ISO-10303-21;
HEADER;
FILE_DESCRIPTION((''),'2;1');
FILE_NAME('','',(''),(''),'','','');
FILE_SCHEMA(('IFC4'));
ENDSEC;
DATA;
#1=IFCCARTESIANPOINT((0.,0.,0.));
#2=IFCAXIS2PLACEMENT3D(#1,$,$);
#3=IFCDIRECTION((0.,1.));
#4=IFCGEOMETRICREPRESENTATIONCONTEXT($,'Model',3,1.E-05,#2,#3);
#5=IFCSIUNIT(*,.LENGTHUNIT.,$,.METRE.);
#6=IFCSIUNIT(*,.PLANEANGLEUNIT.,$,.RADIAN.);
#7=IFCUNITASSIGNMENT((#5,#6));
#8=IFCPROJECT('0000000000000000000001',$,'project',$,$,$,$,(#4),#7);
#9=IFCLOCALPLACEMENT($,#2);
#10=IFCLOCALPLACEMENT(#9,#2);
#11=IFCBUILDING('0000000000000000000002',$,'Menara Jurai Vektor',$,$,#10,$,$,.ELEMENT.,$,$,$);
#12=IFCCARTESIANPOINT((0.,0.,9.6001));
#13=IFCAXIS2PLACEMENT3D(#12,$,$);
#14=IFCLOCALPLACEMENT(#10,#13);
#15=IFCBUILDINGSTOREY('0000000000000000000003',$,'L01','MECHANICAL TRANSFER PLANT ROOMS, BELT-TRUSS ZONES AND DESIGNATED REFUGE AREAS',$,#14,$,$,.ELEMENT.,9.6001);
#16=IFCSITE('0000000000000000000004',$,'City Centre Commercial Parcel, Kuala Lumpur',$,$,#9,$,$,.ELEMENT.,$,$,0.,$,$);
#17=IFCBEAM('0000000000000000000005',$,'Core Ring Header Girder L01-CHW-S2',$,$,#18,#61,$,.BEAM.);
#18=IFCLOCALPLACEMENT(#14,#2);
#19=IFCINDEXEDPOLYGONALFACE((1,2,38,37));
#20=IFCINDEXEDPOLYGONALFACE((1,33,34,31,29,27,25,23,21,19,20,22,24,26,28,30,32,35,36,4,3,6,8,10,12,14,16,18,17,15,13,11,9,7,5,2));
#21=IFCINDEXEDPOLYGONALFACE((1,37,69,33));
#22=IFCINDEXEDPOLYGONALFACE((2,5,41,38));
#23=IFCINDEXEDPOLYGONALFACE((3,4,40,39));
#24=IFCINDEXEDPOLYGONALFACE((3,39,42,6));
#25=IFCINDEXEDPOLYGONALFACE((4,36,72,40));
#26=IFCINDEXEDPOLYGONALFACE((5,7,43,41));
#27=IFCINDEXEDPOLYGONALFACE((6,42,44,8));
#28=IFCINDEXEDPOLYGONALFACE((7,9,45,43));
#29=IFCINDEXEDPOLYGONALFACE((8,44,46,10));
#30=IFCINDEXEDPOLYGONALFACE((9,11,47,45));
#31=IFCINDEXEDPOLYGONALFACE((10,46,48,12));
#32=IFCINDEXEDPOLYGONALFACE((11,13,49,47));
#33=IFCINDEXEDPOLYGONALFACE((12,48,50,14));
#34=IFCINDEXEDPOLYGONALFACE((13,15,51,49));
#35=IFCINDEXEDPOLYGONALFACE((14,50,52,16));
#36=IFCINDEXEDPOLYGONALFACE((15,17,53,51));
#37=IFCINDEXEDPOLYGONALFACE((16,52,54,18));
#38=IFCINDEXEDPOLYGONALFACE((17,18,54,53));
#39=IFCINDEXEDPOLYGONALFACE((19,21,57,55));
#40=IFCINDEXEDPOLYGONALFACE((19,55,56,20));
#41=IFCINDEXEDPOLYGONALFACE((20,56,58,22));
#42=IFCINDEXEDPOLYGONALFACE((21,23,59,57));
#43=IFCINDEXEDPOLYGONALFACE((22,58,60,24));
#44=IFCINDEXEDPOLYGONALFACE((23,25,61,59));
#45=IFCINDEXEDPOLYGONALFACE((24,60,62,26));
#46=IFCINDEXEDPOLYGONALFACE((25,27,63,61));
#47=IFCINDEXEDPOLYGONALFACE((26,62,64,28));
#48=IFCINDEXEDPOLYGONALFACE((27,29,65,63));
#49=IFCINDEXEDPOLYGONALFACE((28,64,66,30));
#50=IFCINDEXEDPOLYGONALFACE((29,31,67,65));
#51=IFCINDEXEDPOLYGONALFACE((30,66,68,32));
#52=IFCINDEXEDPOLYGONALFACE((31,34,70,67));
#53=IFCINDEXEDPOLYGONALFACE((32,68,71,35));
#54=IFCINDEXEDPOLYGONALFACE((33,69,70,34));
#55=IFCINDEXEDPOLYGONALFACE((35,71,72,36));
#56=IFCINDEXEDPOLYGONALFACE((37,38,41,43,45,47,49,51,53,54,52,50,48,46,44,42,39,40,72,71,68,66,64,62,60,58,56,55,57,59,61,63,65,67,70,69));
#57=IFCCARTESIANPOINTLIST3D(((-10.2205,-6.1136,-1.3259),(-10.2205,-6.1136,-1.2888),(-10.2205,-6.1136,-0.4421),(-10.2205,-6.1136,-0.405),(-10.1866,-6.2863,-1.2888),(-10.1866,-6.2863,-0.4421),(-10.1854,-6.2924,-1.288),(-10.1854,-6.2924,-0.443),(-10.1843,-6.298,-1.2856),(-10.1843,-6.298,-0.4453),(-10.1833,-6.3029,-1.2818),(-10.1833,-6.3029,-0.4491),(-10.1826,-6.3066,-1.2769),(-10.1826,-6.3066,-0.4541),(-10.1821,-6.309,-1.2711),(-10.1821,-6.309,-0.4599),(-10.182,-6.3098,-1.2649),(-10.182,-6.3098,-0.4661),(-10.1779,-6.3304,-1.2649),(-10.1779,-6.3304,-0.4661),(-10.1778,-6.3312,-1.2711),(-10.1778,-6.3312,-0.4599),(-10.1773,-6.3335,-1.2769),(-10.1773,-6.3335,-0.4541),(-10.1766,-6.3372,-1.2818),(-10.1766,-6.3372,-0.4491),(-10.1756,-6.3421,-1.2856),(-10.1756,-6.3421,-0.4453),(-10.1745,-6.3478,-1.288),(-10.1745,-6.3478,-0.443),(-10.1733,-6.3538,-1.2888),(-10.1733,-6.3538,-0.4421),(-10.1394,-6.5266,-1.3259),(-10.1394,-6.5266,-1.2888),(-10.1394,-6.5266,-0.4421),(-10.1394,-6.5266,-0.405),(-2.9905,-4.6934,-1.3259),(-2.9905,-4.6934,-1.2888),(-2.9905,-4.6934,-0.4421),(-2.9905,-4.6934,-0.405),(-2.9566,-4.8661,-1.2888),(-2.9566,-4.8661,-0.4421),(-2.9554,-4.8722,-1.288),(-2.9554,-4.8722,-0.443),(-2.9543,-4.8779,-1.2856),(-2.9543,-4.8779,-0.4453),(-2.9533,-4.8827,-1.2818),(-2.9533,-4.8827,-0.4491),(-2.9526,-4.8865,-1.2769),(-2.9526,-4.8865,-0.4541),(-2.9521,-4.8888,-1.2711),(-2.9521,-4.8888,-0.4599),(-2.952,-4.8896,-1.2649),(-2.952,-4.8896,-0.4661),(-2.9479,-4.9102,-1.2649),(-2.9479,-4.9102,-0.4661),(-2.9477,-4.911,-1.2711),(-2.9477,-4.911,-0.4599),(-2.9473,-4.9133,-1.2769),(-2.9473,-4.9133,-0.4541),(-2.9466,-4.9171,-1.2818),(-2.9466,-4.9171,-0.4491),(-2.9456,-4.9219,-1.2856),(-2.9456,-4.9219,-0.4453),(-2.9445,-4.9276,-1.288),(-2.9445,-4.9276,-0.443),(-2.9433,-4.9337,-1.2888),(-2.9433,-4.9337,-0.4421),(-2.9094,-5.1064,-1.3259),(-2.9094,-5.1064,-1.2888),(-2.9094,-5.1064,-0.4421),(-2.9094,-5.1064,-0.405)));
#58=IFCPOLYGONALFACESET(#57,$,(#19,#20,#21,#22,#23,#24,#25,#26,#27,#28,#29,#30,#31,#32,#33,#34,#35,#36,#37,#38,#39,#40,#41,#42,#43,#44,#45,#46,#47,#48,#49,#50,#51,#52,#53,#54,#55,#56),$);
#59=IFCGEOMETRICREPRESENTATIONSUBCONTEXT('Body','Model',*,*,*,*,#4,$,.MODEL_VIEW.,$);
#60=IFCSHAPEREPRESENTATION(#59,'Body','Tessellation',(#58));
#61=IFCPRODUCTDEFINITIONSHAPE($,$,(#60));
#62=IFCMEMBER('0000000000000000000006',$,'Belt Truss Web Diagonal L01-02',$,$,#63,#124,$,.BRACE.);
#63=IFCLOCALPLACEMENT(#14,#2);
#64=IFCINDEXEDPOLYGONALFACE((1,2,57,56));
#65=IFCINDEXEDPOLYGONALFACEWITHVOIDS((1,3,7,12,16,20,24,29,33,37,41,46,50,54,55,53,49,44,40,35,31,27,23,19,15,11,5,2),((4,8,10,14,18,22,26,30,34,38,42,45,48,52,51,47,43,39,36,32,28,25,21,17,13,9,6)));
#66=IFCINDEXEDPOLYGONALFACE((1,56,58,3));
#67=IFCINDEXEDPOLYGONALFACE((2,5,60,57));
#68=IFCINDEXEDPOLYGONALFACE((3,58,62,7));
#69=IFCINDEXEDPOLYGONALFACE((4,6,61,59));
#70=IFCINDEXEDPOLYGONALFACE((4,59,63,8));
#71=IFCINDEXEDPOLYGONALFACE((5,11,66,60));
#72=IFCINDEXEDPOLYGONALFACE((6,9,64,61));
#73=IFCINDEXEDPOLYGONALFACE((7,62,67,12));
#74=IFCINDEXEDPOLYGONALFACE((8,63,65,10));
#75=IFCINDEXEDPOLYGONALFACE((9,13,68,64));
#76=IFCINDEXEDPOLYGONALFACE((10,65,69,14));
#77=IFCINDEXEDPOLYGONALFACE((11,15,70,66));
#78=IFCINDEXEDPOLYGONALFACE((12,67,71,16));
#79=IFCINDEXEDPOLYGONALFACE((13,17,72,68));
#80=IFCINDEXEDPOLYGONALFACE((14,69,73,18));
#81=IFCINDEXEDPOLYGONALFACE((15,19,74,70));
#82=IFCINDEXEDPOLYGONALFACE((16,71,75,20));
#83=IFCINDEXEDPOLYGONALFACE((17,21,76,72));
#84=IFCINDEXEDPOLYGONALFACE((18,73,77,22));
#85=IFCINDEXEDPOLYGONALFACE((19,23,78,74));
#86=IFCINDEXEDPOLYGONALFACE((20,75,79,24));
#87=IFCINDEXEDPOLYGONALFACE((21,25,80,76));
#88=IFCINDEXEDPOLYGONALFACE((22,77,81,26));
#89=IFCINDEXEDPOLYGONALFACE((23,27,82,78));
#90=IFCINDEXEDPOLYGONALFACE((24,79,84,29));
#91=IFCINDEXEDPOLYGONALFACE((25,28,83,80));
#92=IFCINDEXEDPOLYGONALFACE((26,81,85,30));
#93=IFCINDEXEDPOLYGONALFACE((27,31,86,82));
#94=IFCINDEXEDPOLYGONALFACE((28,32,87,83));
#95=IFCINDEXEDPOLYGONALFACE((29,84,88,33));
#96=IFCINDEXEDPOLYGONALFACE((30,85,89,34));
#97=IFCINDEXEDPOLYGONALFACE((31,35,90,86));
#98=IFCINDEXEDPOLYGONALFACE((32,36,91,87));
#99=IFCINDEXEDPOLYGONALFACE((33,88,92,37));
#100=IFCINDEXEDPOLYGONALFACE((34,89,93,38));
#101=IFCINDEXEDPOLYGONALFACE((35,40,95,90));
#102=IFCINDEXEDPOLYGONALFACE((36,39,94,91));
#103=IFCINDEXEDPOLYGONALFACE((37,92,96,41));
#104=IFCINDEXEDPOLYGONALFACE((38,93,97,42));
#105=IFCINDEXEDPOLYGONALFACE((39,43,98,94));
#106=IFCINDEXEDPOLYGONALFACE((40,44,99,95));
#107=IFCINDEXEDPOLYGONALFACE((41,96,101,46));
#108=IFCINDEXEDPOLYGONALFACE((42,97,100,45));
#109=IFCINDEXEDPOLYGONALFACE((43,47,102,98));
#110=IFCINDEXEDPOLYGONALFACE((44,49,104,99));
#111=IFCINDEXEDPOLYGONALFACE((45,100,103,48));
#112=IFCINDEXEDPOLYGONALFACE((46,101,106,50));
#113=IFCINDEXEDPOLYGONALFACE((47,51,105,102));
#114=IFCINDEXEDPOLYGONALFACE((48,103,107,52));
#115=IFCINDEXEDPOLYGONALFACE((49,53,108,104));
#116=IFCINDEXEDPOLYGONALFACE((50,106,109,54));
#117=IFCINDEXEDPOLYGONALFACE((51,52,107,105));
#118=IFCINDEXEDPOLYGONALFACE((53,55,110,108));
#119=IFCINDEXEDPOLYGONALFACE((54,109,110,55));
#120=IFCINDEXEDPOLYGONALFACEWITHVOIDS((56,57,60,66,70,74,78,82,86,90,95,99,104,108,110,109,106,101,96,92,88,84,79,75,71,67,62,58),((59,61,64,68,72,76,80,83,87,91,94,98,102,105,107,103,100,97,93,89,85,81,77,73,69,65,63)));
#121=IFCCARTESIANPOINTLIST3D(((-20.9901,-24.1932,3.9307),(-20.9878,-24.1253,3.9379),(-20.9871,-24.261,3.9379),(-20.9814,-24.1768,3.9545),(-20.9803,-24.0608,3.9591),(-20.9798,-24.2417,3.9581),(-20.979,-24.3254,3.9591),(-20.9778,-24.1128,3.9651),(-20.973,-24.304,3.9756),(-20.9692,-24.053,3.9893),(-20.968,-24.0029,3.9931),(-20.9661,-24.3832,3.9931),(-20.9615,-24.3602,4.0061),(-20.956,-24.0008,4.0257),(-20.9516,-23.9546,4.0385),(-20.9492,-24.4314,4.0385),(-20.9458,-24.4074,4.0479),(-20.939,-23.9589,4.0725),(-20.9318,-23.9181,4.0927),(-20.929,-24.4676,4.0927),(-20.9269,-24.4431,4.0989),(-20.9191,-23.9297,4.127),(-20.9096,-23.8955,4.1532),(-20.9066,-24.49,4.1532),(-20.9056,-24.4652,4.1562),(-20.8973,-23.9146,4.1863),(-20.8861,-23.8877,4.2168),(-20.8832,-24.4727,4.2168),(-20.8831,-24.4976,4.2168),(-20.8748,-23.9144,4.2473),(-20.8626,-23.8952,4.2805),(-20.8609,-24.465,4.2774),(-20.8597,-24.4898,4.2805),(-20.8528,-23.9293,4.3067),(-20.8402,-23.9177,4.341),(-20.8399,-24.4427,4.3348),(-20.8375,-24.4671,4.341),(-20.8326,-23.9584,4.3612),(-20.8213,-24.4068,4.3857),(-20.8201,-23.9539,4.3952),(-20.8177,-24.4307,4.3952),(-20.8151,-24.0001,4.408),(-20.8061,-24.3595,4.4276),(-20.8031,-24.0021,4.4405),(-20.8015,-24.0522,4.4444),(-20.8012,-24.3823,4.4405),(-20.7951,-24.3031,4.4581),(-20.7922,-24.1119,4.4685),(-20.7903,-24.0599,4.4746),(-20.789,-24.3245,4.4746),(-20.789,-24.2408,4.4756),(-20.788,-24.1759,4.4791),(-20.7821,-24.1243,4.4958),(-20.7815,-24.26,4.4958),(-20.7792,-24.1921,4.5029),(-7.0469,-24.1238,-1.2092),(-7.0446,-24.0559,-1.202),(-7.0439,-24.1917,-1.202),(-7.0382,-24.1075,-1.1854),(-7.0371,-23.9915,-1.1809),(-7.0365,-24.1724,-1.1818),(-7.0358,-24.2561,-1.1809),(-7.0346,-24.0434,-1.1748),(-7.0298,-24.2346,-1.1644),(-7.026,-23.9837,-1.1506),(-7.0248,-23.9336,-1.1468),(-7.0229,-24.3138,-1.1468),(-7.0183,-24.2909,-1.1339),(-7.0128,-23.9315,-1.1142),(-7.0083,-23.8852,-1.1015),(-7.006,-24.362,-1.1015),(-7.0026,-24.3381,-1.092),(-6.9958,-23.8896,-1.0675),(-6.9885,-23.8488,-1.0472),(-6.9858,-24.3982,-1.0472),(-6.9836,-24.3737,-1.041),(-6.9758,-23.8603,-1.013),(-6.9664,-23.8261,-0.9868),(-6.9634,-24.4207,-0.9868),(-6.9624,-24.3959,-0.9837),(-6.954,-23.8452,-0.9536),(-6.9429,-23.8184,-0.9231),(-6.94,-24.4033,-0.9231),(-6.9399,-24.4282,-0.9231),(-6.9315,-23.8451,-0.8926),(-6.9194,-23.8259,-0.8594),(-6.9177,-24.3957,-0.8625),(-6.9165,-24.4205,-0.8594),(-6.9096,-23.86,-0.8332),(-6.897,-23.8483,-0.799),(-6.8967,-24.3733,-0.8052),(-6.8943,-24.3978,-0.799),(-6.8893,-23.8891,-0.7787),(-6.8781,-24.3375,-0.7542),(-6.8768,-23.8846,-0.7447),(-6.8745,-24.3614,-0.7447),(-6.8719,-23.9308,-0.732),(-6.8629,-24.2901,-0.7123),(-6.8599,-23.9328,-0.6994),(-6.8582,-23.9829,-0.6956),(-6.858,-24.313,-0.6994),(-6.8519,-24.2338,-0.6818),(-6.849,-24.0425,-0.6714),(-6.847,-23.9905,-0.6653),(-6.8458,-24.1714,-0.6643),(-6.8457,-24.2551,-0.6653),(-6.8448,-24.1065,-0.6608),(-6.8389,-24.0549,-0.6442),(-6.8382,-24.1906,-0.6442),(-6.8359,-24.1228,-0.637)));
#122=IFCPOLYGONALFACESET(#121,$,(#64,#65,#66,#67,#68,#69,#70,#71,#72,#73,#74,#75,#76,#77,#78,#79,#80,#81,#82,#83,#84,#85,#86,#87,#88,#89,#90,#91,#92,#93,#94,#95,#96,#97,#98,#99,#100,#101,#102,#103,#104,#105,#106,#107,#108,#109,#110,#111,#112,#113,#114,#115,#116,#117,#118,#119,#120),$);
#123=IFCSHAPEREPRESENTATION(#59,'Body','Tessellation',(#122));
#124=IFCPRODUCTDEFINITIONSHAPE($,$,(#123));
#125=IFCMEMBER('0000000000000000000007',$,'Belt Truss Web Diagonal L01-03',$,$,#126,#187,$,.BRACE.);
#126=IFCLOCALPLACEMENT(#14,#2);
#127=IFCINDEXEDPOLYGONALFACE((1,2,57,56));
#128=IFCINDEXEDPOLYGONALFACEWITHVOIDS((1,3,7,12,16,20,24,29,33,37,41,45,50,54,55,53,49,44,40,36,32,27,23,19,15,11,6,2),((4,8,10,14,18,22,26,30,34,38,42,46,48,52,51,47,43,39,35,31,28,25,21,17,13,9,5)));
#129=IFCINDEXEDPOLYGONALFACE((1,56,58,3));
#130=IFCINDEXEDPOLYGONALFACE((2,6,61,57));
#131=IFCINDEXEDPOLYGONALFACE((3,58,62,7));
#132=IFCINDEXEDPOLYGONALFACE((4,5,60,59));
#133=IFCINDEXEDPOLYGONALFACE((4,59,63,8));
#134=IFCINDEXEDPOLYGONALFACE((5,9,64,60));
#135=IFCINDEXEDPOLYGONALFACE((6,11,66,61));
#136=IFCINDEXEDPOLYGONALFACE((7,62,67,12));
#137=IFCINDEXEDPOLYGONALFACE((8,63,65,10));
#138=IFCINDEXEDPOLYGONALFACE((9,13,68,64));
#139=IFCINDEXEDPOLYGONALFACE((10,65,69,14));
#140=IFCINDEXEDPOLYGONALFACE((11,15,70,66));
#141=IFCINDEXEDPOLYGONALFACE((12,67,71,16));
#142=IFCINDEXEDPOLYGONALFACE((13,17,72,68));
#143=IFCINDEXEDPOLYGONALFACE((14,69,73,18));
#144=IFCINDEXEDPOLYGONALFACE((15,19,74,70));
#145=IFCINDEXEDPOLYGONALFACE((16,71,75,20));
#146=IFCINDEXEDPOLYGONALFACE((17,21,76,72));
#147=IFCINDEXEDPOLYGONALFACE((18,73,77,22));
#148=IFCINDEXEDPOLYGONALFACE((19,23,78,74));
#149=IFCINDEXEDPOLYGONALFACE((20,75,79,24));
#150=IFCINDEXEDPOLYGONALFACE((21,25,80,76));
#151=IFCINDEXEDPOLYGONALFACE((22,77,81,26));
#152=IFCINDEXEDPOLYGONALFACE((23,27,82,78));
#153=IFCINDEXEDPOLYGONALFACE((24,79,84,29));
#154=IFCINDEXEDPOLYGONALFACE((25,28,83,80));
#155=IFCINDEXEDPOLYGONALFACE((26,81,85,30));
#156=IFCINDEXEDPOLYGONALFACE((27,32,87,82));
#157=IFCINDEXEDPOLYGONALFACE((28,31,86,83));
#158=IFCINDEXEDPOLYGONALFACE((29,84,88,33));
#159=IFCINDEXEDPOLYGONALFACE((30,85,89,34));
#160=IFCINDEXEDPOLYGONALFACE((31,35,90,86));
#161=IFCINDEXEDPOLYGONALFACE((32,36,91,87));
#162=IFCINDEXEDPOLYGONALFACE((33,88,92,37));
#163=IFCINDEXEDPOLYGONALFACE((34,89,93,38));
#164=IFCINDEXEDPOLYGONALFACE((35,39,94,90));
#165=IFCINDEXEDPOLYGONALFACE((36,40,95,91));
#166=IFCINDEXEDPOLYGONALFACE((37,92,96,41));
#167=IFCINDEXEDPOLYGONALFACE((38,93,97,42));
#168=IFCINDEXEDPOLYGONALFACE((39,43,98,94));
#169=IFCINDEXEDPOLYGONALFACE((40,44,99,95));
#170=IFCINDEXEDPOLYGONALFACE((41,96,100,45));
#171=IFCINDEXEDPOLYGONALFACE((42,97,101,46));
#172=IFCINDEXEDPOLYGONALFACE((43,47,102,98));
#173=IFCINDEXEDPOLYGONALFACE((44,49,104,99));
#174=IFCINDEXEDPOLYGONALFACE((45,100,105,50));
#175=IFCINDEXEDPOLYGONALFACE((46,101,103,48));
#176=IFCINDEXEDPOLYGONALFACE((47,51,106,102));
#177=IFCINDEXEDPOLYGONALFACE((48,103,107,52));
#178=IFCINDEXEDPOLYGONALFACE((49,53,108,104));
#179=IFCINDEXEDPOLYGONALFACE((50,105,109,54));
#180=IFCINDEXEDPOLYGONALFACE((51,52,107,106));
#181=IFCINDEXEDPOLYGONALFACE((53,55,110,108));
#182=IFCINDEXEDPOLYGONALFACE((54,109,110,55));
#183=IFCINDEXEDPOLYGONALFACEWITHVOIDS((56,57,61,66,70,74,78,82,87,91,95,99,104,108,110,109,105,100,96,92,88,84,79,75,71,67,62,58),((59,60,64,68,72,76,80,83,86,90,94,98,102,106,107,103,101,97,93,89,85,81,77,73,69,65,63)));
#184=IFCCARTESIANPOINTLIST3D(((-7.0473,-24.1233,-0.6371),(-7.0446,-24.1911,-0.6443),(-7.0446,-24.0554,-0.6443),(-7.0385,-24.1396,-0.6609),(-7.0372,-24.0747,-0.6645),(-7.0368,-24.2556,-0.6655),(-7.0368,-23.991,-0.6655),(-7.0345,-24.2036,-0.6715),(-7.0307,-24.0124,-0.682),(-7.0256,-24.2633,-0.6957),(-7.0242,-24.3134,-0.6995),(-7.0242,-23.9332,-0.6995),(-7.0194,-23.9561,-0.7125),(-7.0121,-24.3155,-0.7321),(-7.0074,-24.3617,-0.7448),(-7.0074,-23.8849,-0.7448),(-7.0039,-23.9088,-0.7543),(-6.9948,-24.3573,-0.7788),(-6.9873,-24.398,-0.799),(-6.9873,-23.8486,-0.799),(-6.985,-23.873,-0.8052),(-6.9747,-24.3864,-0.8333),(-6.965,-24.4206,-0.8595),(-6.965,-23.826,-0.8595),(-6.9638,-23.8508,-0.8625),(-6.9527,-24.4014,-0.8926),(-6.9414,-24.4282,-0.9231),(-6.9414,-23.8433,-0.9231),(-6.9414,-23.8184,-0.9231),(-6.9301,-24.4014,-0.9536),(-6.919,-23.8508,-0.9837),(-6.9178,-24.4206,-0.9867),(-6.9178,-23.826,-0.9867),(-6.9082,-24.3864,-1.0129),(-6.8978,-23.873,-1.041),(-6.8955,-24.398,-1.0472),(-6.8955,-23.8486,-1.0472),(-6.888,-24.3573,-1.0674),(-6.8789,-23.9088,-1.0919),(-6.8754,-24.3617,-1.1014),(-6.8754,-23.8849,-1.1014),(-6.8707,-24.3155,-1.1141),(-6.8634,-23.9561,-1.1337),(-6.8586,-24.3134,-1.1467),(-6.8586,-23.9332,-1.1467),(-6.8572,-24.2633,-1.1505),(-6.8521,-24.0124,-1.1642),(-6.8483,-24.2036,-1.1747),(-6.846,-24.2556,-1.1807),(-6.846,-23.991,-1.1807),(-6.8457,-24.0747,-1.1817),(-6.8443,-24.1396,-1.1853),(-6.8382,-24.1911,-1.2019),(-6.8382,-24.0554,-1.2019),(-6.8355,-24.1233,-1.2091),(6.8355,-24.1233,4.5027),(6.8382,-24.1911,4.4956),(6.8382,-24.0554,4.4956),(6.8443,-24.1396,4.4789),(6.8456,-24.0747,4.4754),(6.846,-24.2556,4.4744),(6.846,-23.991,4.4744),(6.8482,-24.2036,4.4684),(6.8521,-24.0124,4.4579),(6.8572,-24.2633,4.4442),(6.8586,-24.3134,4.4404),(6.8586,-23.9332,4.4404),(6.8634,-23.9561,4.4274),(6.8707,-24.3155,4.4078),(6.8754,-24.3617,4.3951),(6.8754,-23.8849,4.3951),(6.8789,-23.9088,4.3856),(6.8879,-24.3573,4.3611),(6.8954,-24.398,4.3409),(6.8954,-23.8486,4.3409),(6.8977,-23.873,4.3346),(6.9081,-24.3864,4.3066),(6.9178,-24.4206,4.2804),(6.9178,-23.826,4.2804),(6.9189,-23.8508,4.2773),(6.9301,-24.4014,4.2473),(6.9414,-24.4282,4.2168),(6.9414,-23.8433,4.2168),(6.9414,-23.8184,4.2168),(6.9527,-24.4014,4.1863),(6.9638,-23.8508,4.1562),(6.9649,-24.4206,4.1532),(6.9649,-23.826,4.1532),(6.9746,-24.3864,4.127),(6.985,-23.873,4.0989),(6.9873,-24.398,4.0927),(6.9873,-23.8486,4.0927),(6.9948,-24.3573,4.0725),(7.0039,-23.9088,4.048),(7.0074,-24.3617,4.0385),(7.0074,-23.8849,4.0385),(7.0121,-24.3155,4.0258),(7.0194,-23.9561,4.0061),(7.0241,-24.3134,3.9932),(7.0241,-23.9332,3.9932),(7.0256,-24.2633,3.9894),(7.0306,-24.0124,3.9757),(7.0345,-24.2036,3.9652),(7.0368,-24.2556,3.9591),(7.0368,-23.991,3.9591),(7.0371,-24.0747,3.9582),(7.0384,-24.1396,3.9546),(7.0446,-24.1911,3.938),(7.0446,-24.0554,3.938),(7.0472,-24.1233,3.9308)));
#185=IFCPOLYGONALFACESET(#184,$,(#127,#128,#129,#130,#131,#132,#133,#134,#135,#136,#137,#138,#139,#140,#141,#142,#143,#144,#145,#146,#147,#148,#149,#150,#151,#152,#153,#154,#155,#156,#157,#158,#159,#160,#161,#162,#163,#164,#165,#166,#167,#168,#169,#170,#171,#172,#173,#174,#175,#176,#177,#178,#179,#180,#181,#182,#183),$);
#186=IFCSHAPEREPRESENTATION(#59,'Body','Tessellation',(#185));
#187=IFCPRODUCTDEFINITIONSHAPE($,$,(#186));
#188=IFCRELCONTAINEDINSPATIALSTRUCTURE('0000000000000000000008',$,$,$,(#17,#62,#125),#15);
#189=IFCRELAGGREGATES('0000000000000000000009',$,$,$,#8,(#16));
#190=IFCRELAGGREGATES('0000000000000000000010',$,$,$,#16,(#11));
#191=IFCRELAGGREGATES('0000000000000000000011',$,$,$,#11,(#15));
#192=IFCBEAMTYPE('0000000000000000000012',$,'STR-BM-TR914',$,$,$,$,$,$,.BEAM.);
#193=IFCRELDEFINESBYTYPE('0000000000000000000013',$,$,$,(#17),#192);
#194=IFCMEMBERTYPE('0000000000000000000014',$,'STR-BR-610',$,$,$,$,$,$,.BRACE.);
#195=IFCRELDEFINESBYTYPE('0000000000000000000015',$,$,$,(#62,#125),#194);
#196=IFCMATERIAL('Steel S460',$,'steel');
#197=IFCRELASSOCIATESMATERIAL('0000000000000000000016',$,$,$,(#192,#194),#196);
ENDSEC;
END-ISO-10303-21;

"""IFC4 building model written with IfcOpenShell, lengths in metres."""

from ifc_helpers import new_model, si_unit, direction, frame, origin, origin_2d, place, context, subcontext, project, spatial, hollow_circle, i_section, extrude, material, material_profile, profile_set, type_object, element, save


model = new_model("IFC4")

# Units and contexts
model_context = context("Model", 3, precision=1e-05, world=origin(), true_north=direction((0.0, 1.0)))
body_context = subcontext(model_context, "Body", "Model", "MODEL_VIEW")
ifc_project = project(units=[si_unit("LENGTHUNIT", "METRE"), si_unit("PLANEANGLEUNIT", "RADIAN")], contexts=[model_context])

# Site, building, storey
site_placement = place(None, origin())
site = spatial("IfcSite", under=ifc_project, at=site_placement, Name="City Centre Commercial Parcel, Kuala Lumpur", CompositionType="ELEMENT", RefElevation=0.0)
building_placement = place(site_placement, origin())
building = spatial("IfcBuilding", under=site, at=building_placement, Name="Menara Jurai Vektor", CompositionType="ELEMENT")
storey_placement = place(building_placement, frame((0.0, 0.0, 9.6001)))
storey = spatial("IfcBuildingStorey", under=building, at=storey_placement, Name="L01", Description="MECHANICAL TRANSFER PLANT ROOMS, BELT-TRUSS ZONES AND DESIGNATED REFUGE AREAS", CompositionType="ELEMENT", Elevation=9.6001)

# Shared definitions
ifc_material_1 = material(Name="Steel S460", Category="steel")

# Beam
ifc_material_profile_1 = material_profile(ifc_material_1, i_section(OverallWidth=0.4209, OverallDepth=0.9209, WebThickness=0.021, FlangeThickness=0.0371, FilletRadius=0.0239, at=origin_2d()), Name="UKB 914x419x388")
ifc_profile_set_1 = profile_set([ifc_material_profile_1], Name="Steel S460")
beam_type_1 = type_object("IfcBeamType", Name="STR-BM-TR914", PredefinedType="BEAM", material=ifc_profile_set_1)
beam_1_placement = place(storey_placement, frame((-10.1799, -6.3201, -0.8655), z_axis=(0.981249, 0.192744, 0.0), x_axis=(-0.192744, 0.981249, 0.0)))
element("IfcBeam", 1, at=beam_1_placement, inside=storey, type_object=beam_type_1, Name="Core Ring Header Girder L01-CHW-S2", PredefinedType="BEAM", context=body_context, shape_type="SweptSolid", body=[
    extrude(i_section(OverallWidth=0.4209, OverallDepth=0.9209, WebThickness=0.021, FlangeThickness=0.0371, FilletRadius=0.0239, at=origin_2d()), origin(), (0.0, 0.0, 1.0), 7.3682),
])

# Members
ifc_material_profile_2 = material_profile(ifc_material_1, hollow_circle(Radius=0.3049, WallThickness=0.0249, at=origin_2d()), Name="CHS 610x25")
ifc_profile_set_2 = profile_set([ifc_material_profile_2], Name="Steel S460")
member_type_1 = type_object("IfcMemberType", Name="STR-BR-610", PredefinedType="BRACE", material=ifc_profile_set_2)
member_1_placement = place(storey_placement, frame((-6.9414, -24.1233, -0.9231), z_axis=(-0.938268, -0.004666, 0.345877), x_axis=(0.004973, -0.999988, 0.0)))
element("IfcMember", 2, at=member_1_placement, inside=storey, type_object=member_type_1, Name="Belt Truss Web Diagonal L01-02", PredefinedType="BRACE", context=body_context, shape_type="SweptSolid", body=[
    extrude(hollow_circle(Radius=0.3049, WallThickness=0.0249, at=origin_2d()), origin(), (0.0, 0.0, 1.0), 14.8606),
])
member_2_placement = place(storey_placement, frame((-6.9414, -24.1233, -0.9231), z_axis=(0.93779, 0.0, 0.347202), x_axis=(0.0, 1.0, 0.0)))
element("IfcMember", 3, at=member_2_placement, inside=storey, type_object=member_type_1, Name="Belt Truss Web Diagonal L01-03", PredefinedType="BRACE", context=body_context, shape_type="SweptSolid", body=[
    extrude(hollow_circle(Radius=0.3049, WallThickness=0.0249, at=origin_2d()), origin(), (0.0, 0.0, 1.0), 14.8037),
])

save(model, "model.ifc")
